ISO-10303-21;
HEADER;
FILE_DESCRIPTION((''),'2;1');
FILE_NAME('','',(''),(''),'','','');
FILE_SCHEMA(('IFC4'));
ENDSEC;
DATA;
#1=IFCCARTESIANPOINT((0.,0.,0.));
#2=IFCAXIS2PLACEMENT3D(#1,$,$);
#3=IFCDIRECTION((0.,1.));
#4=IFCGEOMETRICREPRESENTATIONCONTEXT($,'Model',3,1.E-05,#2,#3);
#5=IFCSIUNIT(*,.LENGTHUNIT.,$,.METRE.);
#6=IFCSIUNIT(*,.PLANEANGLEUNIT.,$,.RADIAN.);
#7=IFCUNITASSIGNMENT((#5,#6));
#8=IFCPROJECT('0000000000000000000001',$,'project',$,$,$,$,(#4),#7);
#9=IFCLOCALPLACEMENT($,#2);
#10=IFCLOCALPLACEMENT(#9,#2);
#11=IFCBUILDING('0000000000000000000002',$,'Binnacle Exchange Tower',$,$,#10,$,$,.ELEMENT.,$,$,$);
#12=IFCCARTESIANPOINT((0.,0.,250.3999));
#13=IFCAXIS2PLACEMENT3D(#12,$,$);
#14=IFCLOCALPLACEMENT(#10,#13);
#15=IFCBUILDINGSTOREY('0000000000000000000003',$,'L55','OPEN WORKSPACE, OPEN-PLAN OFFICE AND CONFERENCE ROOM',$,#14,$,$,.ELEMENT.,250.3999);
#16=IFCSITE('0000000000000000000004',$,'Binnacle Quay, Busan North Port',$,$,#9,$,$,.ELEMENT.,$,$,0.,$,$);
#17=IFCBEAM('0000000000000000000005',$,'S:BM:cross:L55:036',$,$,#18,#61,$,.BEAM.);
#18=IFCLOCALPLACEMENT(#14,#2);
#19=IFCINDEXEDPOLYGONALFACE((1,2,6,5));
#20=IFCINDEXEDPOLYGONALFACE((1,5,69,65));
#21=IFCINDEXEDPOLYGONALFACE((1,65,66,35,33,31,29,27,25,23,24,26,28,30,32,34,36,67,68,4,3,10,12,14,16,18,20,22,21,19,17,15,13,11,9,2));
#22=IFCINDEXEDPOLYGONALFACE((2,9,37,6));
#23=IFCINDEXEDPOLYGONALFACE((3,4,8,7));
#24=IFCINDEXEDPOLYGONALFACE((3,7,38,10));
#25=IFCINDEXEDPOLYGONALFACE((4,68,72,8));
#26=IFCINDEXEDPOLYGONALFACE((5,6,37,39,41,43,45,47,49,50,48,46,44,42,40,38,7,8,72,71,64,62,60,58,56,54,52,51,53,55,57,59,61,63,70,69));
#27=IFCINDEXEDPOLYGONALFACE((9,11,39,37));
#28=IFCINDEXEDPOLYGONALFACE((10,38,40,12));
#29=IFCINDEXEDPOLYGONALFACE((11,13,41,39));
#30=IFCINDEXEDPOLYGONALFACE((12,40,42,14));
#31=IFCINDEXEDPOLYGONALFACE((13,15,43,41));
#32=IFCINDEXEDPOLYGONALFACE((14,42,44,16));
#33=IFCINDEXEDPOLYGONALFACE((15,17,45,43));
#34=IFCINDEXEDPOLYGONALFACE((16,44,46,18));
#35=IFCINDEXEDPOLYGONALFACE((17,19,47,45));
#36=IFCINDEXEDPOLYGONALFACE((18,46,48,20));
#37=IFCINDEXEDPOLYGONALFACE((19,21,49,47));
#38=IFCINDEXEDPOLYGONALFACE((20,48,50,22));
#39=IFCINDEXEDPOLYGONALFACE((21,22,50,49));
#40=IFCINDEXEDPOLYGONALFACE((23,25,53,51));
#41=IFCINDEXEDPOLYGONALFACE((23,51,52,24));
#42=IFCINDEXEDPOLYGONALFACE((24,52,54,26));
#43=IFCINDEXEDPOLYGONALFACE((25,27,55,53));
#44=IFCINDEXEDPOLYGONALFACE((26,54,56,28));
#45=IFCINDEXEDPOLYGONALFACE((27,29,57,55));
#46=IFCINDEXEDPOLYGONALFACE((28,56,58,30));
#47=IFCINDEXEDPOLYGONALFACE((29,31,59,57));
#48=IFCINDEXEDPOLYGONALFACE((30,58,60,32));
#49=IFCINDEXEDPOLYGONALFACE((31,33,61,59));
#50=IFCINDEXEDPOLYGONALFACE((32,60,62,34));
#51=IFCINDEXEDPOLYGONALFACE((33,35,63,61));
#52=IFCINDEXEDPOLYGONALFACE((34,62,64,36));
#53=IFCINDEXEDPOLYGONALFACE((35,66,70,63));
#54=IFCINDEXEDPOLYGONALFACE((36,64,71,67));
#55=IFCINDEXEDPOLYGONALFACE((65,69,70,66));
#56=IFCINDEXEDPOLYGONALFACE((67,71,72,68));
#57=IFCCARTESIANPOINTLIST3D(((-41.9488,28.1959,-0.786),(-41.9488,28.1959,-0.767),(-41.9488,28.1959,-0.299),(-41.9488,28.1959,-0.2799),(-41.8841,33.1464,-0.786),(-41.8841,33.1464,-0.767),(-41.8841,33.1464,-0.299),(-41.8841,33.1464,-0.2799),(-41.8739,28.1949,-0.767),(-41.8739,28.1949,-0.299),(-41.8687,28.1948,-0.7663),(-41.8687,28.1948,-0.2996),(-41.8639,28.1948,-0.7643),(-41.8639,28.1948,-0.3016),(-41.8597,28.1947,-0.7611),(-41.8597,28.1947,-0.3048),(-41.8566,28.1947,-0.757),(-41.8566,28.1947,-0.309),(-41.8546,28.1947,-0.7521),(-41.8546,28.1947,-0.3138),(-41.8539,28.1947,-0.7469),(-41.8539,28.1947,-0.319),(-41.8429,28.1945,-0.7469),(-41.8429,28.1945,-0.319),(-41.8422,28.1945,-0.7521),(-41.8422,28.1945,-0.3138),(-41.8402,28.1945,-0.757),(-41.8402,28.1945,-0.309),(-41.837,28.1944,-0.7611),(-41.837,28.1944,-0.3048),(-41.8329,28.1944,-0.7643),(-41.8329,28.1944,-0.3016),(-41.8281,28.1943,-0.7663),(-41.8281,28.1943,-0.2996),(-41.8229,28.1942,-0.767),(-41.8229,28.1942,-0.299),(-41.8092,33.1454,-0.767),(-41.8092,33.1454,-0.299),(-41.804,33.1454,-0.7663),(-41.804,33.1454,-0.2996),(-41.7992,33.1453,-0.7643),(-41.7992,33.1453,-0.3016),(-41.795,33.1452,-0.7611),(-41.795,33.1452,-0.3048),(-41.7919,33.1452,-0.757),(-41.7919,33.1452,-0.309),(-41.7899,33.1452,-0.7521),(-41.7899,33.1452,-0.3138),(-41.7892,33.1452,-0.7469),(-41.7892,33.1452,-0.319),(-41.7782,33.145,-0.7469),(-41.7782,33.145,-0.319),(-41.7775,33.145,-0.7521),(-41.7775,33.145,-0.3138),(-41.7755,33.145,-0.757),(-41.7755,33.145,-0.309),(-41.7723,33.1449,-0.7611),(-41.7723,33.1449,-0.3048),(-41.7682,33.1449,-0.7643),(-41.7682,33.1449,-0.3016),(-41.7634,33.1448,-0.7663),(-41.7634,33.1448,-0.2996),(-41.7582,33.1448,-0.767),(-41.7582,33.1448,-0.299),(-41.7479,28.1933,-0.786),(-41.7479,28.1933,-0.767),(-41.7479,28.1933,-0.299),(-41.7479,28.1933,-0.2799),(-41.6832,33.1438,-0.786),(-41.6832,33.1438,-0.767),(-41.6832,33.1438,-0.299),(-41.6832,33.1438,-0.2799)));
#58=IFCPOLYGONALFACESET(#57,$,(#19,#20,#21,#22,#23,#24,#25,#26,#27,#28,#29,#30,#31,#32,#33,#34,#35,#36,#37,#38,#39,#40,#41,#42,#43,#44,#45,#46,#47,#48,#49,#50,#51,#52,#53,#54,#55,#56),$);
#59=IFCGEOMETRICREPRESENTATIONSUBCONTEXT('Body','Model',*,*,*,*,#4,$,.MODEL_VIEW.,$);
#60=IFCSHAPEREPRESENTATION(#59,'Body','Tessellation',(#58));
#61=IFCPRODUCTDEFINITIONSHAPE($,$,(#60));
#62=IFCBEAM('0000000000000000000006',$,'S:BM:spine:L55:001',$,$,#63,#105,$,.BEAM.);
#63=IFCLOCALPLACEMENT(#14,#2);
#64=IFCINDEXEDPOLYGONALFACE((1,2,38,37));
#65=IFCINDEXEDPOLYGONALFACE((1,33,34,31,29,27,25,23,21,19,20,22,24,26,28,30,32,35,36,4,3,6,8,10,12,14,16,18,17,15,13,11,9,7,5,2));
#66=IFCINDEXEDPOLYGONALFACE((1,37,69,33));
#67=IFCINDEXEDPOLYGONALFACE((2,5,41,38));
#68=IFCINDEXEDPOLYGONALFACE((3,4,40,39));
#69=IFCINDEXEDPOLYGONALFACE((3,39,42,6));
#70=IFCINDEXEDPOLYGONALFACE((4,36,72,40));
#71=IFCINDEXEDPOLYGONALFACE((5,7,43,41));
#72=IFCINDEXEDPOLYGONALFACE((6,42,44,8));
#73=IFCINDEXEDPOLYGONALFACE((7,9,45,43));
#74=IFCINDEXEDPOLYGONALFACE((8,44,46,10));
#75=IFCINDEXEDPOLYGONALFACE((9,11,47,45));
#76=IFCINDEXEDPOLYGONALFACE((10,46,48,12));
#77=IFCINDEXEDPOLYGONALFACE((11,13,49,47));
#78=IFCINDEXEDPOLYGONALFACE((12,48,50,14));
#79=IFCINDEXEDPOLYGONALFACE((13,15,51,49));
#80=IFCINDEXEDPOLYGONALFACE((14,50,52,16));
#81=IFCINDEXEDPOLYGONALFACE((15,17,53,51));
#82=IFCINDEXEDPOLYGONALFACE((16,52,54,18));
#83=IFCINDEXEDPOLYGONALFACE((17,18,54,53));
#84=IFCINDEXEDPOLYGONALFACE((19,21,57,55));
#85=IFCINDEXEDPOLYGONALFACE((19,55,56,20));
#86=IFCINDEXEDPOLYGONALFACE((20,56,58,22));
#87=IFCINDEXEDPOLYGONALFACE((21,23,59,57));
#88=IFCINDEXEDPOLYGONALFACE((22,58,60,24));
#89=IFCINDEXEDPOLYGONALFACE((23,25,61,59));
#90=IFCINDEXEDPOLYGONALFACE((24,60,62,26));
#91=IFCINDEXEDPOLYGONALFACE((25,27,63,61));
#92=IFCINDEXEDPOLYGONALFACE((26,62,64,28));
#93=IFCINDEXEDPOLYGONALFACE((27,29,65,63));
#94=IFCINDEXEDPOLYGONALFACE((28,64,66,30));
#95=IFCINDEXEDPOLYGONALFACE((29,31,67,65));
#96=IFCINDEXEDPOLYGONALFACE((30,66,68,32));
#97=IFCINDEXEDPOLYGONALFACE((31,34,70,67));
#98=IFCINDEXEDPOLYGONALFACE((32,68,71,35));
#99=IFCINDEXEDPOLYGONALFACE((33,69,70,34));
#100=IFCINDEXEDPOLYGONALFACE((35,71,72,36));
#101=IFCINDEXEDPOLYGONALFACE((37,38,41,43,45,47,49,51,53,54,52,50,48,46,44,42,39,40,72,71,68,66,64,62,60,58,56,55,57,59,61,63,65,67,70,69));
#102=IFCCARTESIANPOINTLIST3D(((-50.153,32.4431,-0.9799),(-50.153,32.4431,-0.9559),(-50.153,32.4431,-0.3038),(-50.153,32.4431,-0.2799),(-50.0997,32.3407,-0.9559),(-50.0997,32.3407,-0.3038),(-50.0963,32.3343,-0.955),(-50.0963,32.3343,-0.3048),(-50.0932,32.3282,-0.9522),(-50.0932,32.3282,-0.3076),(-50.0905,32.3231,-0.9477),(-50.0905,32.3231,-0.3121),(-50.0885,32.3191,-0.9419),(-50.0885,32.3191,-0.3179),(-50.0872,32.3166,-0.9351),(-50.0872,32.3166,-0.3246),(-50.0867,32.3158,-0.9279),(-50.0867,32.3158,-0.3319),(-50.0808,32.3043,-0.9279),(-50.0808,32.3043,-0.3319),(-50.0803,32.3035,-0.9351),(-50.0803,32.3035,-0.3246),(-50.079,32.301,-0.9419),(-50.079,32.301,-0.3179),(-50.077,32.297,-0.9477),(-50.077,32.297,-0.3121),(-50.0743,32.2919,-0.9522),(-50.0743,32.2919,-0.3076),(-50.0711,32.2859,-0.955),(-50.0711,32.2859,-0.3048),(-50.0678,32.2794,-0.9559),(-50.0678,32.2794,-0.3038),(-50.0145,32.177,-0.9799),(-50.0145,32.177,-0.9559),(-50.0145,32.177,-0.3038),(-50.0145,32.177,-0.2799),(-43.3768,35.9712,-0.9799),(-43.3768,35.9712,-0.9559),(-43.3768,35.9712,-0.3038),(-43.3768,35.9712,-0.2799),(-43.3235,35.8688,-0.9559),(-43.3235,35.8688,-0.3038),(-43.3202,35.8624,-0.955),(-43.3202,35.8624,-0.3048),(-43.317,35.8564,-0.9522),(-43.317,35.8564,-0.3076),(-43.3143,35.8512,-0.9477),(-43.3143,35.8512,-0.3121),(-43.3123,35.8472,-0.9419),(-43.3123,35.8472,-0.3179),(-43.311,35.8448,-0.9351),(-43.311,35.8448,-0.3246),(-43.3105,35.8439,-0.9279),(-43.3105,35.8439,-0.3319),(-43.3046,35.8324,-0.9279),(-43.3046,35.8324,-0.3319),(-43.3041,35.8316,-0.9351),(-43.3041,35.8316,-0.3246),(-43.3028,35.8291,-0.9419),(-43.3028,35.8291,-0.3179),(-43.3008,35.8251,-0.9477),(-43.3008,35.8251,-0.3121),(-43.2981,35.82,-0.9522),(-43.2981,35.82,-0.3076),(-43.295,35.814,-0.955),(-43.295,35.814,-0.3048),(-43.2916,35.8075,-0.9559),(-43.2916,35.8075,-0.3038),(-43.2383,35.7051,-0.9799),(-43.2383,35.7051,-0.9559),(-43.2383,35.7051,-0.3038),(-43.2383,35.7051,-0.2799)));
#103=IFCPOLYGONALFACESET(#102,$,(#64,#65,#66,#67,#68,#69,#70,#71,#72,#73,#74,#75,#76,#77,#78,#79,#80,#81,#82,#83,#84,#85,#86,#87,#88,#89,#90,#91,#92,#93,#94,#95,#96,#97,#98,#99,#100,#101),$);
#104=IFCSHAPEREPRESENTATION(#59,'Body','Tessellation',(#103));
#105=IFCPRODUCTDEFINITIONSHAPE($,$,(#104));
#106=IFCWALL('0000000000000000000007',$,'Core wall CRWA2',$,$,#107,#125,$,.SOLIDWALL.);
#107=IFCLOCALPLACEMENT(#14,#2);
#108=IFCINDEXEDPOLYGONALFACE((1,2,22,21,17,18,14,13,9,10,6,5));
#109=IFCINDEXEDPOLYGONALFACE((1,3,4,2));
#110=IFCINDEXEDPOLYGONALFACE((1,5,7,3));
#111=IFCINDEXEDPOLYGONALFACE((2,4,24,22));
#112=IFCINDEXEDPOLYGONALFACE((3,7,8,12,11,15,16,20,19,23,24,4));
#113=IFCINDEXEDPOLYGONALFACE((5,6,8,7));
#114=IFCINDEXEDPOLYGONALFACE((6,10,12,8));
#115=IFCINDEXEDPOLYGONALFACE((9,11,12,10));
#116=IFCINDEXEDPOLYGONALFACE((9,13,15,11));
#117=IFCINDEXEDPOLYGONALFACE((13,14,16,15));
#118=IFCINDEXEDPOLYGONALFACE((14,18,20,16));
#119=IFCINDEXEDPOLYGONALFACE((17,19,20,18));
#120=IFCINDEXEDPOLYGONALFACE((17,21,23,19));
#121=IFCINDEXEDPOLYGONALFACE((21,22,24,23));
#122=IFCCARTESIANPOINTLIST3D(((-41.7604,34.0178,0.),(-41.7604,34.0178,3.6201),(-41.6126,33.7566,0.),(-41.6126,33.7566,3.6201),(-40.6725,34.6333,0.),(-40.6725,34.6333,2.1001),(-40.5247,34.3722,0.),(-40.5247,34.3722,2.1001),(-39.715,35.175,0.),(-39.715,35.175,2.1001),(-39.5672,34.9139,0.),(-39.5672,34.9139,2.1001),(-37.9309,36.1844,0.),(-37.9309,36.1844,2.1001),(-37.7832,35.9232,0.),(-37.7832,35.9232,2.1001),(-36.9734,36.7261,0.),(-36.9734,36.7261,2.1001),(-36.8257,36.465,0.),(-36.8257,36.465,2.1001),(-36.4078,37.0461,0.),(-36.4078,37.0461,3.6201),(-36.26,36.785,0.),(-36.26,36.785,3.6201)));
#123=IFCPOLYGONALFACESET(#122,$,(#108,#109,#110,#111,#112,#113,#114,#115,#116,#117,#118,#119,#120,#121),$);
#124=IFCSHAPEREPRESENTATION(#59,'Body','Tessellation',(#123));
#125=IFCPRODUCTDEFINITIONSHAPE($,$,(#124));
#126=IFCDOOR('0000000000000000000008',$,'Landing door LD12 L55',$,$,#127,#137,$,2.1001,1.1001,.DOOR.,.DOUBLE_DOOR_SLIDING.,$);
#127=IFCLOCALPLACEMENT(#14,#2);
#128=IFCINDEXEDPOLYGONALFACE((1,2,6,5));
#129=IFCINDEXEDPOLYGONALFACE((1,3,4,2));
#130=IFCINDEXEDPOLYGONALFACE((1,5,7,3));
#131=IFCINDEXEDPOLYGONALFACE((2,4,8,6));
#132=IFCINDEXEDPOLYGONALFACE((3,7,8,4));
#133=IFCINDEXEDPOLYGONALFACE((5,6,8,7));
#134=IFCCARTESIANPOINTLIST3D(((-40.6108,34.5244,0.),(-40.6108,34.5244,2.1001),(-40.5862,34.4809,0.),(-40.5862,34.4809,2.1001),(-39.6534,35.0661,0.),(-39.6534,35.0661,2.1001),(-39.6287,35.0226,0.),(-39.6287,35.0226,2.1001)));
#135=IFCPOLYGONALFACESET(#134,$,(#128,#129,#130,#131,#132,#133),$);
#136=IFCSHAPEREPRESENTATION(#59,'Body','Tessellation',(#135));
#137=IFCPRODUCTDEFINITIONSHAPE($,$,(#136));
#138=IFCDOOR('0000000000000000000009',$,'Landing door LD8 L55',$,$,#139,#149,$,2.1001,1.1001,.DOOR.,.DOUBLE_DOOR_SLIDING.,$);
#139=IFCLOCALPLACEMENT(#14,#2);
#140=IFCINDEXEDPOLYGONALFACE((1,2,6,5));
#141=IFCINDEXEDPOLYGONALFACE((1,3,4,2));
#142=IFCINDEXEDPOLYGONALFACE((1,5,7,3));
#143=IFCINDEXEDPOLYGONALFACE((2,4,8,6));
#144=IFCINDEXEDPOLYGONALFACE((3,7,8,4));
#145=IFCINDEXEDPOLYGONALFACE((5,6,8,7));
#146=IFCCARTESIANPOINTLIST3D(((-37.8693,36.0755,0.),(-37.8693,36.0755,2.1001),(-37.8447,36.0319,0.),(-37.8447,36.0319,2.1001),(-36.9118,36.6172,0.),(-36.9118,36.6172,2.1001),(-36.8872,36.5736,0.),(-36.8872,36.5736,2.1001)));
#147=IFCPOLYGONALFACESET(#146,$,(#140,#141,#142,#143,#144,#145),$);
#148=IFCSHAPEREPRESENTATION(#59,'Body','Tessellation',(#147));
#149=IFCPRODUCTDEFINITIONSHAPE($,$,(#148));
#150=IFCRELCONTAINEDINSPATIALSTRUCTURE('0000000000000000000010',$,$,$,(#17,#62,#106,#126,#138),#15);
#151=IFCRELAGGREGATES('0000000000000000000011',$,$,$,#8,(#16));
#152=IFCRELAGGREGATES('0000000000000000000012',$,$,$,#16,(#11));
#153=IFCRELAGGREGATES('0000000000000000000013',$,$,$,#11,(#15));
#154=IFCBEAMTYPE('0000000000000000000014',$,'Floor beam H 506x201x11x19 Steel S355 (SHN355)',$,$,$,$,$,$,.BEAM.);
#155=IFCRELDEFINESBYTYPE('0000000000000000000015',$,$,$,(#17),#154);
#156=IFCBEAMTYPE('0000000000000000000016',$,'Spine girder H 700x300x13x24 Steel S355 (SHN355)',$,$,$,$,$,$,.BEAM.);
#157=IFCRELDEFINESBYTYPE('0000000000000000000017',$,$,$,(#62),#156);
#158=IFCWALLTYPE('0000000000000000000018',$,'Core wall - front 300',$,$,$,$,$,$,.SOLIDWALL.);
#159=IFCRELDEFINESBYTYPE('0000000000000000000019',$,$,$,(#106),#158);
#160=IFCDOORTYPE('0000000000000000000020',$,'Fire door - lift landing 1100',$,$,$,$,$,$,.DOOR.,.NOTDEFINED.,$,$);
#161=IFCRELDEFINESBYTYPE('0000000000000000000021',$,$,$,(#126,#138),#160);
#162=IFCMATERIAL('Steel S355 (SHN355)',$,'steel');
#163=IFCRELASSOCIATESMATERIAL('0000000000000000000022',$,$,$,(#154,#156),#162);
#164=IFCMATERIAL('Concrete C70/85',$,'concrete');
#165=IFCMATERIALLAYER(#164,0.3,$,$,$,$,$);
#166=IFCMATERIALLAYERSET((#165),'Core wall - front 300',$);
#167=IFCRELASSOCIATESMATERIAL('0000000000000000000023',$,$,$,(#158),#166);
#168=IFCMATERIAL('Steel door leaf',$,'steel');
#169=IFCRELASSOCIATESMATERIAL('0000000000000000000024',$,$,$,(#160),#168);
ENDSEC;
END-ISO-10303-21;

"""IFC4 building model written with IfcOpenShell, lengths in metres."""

from ifc_helpers import new_model, si_unit, direction, frame, frame_2d, origin, origin_2d, place, context, subcontext, project, spatial, rectangle, i_section, extrude, material, layer, layer_set, material_profile, profile_set, type_object, element, fill, save


model = new_model("IFC4")

# Units and contexts
model_context = context("Model", 3, precision=1e-05, world=origin(), true_north=direction((0.0, 1.0)))
body_context = subcontext(model_context, "Body", "Model", "MODEL_VIEW")
ifc_project = project(units=[si_unit("LENGTHUNIT", "METRE"), si_unit("PLANEANGLEUNIT", "RADIAN")], contexts=[model_context])

# Site, building, storey
site_placement = place(None, origin())
site = spatial("IfcSite", under=ifc_project, at=site_placement, Name="Binnacle Quay, Busan North Port", CompositionType="ELEMENT", RefElevation=0.0)
building_placement = place(site_placement, origin())
building = spatial("IfcBuilding", under=site, at=building_placement, Name="Binnacle Exchange Tower", CompositionType="ELEMENT")
storey_placement = place(building_placement, frame((0.0, 0.0, 250.3999)))
storey = spatial("IfcBuildingStorey", under=building, at=storey_placement, Name="L55", Description="OPEN WORKSPACE, OPEN-PLAN OFFICE AND CONFERENCE ROOM", CompositionType="ELEMENT", Elevation=250.3999)

# Beams
ifc_material_1 = material(Name="Steel S355 (SHN355)", Category="steel")
ifc_material_profile_1 = material_profile(ifc_material_1, i_section(OverallWidth=0.2009, OverallDepth=0.5061, WebThickness=0.011, FlangeThickness=0.019, FilletRadius=0.02, at=origin_2d()), Name="H 506x201x11x19")
ifc_profile_set_1 = profile_set([ifc_material_profile_1], Name="Steel S355 (SHN355)")
beam_type_1 = type_object("IfcBeamType", Name="Floor beam H 506x201x11x19 Steel S355 (SHN355)", PredefinedType="BEAM", material=ifc_profile_set_1)
beam_1_placement = place(storey_placement, frame((-41.8484, 28.1946, -0.533), z_axis=(0.013068, 0.999915, 0.0), x_axis=(-0.999915, 0.013068, 0.0)))
element("IfcBeam", 1, at=beam_1_placement, inside=storey, type_object=beam_type_1, Name="S:BM:cross:L55:036", PredefinedType="BEAM", context=body_context, shape_type="SweptSolid", body=[
    extrude(i_section(OverallWidth=0.2009, OverallDepth=0.5061, WebThickness=0.011, FlangeThickness=0.019, FilletRadius=0.02, at=origin_2d()), origin(), (0.0, 0.0, 1.0), 4.9509),
])
ifc_material_profile_2 = material_profile(ifc_material_1, i_section(OverallWidth=0.3, OverallDepth=0.7, WebThickness=0.0129, FlangeThickness=0.0239, FilletRadius=0.0281, at=origin_2d()), Name="H 700x300x13x24")
ifc_profile_set_2 = profile_set([ifc_material_profile_2], Name="Steel S355 (SHN355)")
beam_type_2 = type_object("IfcBeamType", Name="Spine girder H 700x300x13x24 Steel S355 (SHN355)", PredefinedType="BEAM", material=ifc_profile_set_2)
beam_2_placement = place(storey_placement, frame((-50.0837, 32.3101, -0.6299), z_axis=(0.886976, 0.461816, 0.0), x_axis=(-0.461816, 0.886976, 0.0)))
element("IfcBeam", 2, at=beam_2_placement, inside=storey, type_object=beam_type_2, Name="S:BM:spine:L55:001", PredefinedType="BEAM", context=body_context, shape_type="SweptSolid", body=[
    extrude(i_section(OverallWidth=0.3, OverallDepth=0.7, WebThickness=0.0129, FlangeThickness=0.0239, FilletRadius=0.0281, at=origin_2d()), origin(), (0.0, 0.0, 1.0), 7.6396),
])

# Wall, openings, doors
ifc_material_2 = material(Name="Concrete C70/85", Category="concrete")
ifc_layer_1 = layer(ifc_material_2, 0.3)
ifc_layer_set_1 = layer_set([ifc_layer_1], Name="Core wall - front 300")
wall_type_1 = type_object("IfcWallType", Name="Core wall - front 300", PredefinedType="SOLIDWALL", material=ifc_layer_set_1)
wall_1_placement = place(storey_placement, frame((-41.6865, 33.8872, 0.0), z_axis=(0.0, 0.0, 1.0), x_axis=(0.870356, 0.492423, 0.0)))
wall_1 = element("IfcWall", 3, at=wall_1_placement, inside=storey, type_object=wall_type_1, Name="Core wall CRWA2", PredefinedType="SOLIDWALL", context=body_context, shape_type="SweptSolid", body=[
    extrude(rectangle(XDim=6.1499, YDim=0.3, at=frame_2d((3.075, 0.0))), origin(), (0.0, 0.0, 1.0), 3.6201),
])
opening_1_placement = place(wall_1_placement, frame((1.25, 0.0, 0.0)))
opening_1 = element("IfcOpeningElement", 4, at=opening_1_placement, cuts=wall_1, PredefinedType="OPENING", context=body_context, shape_type="SweptSolid", body=[
    extrude(rectangle(XDim=1.1001, YDim=2.1001, at=frame_2d((0.55, 1.05))), frame((0.0, 0.1599, 0.0), z_axis=(0.0, -1.0, 0.0), x_axis=(1.0, 0.0, 0.0)), (0.0, 0.0, 1.0), 0.3201),
])
opening_2_placement = place(wall_1_placement, frame((4.3999, 0.0, 0.0)))
opening_2 = element("IfcOpeningElement", 5, at=opening_2_placement, cuts=wall_1, PredefinedType="OPENING", context=body_context, shape_type="SweptSolid", body=[
    extrude(rectangle(XDim=1.1001, YDim=2.1001, at=frame_2d((0.55, 1.05))), frame((0.0, 0.1599, 0.0), z_axis=(0.0, -1.0, 0.0), x_axis=(1.0, 0.0, 0.0)), (0.0, 0.0, 1.0), 0.3201),
])
ifc_material_3 = material(Name="Steel door leaf", Category="steel")
door_type_1 = type_object("IfcDoorType", Name="Fire door - lift landing 1100", OperationType="NOTDEFINED", PredefinedType="DOOR", material=ifc_material_3)
door_1_placement = place(opening_1_placement, origin())
door_1 = element("IfcDoor", 6, at=door_1_placement, inside=storey, type_object=door_type_1, Name="Landing door LD12 L55", OperationType="DOUBLE_DOOR_SLIDING", OverallHeight=2.1001, OverallWidth=1.1001, PredefinedType="DOOR", context=body_context, shape_type="SweptSolid", body=[
    extrude(rectangle(XDim=1.1001, YDim=2.1001, at=frame_2d((0.55, 1.05))), frame((0.0, 0.0249, 0.0), z_axis=(0.0, -1.0, 0.0), x_axis=(1.0, 0.0, 0.0)), (0.0, 0.0, 1.0), 0.05),
])
fill(opening_1, door_1)
door_2_placement = place(opening_2_placement, origin())
door_2 = element("IfcDoor", 7, at=door_2_placement, inside=storey, type_object=door_type_1, Name="Landing door LD8 L55", OperationType="DOUBLE_DOOR_SLIDING", OverallHeight=2.1001, OverallWidth=1.1001, PredefinedType="DOOR", context=body_context, shape_type="SweptSolid", body=[
    extrude(rectangle(XDim=1.1001, YDim=2.1001, at=frame_2d((0.55, 1.05))), frame((0.0, 0.0249, 0.0), z_axis=(0.0, -1.0, 0.0), x_axis=(1.0, 0.0, 0.0)), (0.0, 0.0, 1.0), 0.05),
])
fill(opening_2, door_2)

save(model, "model.ifc")
